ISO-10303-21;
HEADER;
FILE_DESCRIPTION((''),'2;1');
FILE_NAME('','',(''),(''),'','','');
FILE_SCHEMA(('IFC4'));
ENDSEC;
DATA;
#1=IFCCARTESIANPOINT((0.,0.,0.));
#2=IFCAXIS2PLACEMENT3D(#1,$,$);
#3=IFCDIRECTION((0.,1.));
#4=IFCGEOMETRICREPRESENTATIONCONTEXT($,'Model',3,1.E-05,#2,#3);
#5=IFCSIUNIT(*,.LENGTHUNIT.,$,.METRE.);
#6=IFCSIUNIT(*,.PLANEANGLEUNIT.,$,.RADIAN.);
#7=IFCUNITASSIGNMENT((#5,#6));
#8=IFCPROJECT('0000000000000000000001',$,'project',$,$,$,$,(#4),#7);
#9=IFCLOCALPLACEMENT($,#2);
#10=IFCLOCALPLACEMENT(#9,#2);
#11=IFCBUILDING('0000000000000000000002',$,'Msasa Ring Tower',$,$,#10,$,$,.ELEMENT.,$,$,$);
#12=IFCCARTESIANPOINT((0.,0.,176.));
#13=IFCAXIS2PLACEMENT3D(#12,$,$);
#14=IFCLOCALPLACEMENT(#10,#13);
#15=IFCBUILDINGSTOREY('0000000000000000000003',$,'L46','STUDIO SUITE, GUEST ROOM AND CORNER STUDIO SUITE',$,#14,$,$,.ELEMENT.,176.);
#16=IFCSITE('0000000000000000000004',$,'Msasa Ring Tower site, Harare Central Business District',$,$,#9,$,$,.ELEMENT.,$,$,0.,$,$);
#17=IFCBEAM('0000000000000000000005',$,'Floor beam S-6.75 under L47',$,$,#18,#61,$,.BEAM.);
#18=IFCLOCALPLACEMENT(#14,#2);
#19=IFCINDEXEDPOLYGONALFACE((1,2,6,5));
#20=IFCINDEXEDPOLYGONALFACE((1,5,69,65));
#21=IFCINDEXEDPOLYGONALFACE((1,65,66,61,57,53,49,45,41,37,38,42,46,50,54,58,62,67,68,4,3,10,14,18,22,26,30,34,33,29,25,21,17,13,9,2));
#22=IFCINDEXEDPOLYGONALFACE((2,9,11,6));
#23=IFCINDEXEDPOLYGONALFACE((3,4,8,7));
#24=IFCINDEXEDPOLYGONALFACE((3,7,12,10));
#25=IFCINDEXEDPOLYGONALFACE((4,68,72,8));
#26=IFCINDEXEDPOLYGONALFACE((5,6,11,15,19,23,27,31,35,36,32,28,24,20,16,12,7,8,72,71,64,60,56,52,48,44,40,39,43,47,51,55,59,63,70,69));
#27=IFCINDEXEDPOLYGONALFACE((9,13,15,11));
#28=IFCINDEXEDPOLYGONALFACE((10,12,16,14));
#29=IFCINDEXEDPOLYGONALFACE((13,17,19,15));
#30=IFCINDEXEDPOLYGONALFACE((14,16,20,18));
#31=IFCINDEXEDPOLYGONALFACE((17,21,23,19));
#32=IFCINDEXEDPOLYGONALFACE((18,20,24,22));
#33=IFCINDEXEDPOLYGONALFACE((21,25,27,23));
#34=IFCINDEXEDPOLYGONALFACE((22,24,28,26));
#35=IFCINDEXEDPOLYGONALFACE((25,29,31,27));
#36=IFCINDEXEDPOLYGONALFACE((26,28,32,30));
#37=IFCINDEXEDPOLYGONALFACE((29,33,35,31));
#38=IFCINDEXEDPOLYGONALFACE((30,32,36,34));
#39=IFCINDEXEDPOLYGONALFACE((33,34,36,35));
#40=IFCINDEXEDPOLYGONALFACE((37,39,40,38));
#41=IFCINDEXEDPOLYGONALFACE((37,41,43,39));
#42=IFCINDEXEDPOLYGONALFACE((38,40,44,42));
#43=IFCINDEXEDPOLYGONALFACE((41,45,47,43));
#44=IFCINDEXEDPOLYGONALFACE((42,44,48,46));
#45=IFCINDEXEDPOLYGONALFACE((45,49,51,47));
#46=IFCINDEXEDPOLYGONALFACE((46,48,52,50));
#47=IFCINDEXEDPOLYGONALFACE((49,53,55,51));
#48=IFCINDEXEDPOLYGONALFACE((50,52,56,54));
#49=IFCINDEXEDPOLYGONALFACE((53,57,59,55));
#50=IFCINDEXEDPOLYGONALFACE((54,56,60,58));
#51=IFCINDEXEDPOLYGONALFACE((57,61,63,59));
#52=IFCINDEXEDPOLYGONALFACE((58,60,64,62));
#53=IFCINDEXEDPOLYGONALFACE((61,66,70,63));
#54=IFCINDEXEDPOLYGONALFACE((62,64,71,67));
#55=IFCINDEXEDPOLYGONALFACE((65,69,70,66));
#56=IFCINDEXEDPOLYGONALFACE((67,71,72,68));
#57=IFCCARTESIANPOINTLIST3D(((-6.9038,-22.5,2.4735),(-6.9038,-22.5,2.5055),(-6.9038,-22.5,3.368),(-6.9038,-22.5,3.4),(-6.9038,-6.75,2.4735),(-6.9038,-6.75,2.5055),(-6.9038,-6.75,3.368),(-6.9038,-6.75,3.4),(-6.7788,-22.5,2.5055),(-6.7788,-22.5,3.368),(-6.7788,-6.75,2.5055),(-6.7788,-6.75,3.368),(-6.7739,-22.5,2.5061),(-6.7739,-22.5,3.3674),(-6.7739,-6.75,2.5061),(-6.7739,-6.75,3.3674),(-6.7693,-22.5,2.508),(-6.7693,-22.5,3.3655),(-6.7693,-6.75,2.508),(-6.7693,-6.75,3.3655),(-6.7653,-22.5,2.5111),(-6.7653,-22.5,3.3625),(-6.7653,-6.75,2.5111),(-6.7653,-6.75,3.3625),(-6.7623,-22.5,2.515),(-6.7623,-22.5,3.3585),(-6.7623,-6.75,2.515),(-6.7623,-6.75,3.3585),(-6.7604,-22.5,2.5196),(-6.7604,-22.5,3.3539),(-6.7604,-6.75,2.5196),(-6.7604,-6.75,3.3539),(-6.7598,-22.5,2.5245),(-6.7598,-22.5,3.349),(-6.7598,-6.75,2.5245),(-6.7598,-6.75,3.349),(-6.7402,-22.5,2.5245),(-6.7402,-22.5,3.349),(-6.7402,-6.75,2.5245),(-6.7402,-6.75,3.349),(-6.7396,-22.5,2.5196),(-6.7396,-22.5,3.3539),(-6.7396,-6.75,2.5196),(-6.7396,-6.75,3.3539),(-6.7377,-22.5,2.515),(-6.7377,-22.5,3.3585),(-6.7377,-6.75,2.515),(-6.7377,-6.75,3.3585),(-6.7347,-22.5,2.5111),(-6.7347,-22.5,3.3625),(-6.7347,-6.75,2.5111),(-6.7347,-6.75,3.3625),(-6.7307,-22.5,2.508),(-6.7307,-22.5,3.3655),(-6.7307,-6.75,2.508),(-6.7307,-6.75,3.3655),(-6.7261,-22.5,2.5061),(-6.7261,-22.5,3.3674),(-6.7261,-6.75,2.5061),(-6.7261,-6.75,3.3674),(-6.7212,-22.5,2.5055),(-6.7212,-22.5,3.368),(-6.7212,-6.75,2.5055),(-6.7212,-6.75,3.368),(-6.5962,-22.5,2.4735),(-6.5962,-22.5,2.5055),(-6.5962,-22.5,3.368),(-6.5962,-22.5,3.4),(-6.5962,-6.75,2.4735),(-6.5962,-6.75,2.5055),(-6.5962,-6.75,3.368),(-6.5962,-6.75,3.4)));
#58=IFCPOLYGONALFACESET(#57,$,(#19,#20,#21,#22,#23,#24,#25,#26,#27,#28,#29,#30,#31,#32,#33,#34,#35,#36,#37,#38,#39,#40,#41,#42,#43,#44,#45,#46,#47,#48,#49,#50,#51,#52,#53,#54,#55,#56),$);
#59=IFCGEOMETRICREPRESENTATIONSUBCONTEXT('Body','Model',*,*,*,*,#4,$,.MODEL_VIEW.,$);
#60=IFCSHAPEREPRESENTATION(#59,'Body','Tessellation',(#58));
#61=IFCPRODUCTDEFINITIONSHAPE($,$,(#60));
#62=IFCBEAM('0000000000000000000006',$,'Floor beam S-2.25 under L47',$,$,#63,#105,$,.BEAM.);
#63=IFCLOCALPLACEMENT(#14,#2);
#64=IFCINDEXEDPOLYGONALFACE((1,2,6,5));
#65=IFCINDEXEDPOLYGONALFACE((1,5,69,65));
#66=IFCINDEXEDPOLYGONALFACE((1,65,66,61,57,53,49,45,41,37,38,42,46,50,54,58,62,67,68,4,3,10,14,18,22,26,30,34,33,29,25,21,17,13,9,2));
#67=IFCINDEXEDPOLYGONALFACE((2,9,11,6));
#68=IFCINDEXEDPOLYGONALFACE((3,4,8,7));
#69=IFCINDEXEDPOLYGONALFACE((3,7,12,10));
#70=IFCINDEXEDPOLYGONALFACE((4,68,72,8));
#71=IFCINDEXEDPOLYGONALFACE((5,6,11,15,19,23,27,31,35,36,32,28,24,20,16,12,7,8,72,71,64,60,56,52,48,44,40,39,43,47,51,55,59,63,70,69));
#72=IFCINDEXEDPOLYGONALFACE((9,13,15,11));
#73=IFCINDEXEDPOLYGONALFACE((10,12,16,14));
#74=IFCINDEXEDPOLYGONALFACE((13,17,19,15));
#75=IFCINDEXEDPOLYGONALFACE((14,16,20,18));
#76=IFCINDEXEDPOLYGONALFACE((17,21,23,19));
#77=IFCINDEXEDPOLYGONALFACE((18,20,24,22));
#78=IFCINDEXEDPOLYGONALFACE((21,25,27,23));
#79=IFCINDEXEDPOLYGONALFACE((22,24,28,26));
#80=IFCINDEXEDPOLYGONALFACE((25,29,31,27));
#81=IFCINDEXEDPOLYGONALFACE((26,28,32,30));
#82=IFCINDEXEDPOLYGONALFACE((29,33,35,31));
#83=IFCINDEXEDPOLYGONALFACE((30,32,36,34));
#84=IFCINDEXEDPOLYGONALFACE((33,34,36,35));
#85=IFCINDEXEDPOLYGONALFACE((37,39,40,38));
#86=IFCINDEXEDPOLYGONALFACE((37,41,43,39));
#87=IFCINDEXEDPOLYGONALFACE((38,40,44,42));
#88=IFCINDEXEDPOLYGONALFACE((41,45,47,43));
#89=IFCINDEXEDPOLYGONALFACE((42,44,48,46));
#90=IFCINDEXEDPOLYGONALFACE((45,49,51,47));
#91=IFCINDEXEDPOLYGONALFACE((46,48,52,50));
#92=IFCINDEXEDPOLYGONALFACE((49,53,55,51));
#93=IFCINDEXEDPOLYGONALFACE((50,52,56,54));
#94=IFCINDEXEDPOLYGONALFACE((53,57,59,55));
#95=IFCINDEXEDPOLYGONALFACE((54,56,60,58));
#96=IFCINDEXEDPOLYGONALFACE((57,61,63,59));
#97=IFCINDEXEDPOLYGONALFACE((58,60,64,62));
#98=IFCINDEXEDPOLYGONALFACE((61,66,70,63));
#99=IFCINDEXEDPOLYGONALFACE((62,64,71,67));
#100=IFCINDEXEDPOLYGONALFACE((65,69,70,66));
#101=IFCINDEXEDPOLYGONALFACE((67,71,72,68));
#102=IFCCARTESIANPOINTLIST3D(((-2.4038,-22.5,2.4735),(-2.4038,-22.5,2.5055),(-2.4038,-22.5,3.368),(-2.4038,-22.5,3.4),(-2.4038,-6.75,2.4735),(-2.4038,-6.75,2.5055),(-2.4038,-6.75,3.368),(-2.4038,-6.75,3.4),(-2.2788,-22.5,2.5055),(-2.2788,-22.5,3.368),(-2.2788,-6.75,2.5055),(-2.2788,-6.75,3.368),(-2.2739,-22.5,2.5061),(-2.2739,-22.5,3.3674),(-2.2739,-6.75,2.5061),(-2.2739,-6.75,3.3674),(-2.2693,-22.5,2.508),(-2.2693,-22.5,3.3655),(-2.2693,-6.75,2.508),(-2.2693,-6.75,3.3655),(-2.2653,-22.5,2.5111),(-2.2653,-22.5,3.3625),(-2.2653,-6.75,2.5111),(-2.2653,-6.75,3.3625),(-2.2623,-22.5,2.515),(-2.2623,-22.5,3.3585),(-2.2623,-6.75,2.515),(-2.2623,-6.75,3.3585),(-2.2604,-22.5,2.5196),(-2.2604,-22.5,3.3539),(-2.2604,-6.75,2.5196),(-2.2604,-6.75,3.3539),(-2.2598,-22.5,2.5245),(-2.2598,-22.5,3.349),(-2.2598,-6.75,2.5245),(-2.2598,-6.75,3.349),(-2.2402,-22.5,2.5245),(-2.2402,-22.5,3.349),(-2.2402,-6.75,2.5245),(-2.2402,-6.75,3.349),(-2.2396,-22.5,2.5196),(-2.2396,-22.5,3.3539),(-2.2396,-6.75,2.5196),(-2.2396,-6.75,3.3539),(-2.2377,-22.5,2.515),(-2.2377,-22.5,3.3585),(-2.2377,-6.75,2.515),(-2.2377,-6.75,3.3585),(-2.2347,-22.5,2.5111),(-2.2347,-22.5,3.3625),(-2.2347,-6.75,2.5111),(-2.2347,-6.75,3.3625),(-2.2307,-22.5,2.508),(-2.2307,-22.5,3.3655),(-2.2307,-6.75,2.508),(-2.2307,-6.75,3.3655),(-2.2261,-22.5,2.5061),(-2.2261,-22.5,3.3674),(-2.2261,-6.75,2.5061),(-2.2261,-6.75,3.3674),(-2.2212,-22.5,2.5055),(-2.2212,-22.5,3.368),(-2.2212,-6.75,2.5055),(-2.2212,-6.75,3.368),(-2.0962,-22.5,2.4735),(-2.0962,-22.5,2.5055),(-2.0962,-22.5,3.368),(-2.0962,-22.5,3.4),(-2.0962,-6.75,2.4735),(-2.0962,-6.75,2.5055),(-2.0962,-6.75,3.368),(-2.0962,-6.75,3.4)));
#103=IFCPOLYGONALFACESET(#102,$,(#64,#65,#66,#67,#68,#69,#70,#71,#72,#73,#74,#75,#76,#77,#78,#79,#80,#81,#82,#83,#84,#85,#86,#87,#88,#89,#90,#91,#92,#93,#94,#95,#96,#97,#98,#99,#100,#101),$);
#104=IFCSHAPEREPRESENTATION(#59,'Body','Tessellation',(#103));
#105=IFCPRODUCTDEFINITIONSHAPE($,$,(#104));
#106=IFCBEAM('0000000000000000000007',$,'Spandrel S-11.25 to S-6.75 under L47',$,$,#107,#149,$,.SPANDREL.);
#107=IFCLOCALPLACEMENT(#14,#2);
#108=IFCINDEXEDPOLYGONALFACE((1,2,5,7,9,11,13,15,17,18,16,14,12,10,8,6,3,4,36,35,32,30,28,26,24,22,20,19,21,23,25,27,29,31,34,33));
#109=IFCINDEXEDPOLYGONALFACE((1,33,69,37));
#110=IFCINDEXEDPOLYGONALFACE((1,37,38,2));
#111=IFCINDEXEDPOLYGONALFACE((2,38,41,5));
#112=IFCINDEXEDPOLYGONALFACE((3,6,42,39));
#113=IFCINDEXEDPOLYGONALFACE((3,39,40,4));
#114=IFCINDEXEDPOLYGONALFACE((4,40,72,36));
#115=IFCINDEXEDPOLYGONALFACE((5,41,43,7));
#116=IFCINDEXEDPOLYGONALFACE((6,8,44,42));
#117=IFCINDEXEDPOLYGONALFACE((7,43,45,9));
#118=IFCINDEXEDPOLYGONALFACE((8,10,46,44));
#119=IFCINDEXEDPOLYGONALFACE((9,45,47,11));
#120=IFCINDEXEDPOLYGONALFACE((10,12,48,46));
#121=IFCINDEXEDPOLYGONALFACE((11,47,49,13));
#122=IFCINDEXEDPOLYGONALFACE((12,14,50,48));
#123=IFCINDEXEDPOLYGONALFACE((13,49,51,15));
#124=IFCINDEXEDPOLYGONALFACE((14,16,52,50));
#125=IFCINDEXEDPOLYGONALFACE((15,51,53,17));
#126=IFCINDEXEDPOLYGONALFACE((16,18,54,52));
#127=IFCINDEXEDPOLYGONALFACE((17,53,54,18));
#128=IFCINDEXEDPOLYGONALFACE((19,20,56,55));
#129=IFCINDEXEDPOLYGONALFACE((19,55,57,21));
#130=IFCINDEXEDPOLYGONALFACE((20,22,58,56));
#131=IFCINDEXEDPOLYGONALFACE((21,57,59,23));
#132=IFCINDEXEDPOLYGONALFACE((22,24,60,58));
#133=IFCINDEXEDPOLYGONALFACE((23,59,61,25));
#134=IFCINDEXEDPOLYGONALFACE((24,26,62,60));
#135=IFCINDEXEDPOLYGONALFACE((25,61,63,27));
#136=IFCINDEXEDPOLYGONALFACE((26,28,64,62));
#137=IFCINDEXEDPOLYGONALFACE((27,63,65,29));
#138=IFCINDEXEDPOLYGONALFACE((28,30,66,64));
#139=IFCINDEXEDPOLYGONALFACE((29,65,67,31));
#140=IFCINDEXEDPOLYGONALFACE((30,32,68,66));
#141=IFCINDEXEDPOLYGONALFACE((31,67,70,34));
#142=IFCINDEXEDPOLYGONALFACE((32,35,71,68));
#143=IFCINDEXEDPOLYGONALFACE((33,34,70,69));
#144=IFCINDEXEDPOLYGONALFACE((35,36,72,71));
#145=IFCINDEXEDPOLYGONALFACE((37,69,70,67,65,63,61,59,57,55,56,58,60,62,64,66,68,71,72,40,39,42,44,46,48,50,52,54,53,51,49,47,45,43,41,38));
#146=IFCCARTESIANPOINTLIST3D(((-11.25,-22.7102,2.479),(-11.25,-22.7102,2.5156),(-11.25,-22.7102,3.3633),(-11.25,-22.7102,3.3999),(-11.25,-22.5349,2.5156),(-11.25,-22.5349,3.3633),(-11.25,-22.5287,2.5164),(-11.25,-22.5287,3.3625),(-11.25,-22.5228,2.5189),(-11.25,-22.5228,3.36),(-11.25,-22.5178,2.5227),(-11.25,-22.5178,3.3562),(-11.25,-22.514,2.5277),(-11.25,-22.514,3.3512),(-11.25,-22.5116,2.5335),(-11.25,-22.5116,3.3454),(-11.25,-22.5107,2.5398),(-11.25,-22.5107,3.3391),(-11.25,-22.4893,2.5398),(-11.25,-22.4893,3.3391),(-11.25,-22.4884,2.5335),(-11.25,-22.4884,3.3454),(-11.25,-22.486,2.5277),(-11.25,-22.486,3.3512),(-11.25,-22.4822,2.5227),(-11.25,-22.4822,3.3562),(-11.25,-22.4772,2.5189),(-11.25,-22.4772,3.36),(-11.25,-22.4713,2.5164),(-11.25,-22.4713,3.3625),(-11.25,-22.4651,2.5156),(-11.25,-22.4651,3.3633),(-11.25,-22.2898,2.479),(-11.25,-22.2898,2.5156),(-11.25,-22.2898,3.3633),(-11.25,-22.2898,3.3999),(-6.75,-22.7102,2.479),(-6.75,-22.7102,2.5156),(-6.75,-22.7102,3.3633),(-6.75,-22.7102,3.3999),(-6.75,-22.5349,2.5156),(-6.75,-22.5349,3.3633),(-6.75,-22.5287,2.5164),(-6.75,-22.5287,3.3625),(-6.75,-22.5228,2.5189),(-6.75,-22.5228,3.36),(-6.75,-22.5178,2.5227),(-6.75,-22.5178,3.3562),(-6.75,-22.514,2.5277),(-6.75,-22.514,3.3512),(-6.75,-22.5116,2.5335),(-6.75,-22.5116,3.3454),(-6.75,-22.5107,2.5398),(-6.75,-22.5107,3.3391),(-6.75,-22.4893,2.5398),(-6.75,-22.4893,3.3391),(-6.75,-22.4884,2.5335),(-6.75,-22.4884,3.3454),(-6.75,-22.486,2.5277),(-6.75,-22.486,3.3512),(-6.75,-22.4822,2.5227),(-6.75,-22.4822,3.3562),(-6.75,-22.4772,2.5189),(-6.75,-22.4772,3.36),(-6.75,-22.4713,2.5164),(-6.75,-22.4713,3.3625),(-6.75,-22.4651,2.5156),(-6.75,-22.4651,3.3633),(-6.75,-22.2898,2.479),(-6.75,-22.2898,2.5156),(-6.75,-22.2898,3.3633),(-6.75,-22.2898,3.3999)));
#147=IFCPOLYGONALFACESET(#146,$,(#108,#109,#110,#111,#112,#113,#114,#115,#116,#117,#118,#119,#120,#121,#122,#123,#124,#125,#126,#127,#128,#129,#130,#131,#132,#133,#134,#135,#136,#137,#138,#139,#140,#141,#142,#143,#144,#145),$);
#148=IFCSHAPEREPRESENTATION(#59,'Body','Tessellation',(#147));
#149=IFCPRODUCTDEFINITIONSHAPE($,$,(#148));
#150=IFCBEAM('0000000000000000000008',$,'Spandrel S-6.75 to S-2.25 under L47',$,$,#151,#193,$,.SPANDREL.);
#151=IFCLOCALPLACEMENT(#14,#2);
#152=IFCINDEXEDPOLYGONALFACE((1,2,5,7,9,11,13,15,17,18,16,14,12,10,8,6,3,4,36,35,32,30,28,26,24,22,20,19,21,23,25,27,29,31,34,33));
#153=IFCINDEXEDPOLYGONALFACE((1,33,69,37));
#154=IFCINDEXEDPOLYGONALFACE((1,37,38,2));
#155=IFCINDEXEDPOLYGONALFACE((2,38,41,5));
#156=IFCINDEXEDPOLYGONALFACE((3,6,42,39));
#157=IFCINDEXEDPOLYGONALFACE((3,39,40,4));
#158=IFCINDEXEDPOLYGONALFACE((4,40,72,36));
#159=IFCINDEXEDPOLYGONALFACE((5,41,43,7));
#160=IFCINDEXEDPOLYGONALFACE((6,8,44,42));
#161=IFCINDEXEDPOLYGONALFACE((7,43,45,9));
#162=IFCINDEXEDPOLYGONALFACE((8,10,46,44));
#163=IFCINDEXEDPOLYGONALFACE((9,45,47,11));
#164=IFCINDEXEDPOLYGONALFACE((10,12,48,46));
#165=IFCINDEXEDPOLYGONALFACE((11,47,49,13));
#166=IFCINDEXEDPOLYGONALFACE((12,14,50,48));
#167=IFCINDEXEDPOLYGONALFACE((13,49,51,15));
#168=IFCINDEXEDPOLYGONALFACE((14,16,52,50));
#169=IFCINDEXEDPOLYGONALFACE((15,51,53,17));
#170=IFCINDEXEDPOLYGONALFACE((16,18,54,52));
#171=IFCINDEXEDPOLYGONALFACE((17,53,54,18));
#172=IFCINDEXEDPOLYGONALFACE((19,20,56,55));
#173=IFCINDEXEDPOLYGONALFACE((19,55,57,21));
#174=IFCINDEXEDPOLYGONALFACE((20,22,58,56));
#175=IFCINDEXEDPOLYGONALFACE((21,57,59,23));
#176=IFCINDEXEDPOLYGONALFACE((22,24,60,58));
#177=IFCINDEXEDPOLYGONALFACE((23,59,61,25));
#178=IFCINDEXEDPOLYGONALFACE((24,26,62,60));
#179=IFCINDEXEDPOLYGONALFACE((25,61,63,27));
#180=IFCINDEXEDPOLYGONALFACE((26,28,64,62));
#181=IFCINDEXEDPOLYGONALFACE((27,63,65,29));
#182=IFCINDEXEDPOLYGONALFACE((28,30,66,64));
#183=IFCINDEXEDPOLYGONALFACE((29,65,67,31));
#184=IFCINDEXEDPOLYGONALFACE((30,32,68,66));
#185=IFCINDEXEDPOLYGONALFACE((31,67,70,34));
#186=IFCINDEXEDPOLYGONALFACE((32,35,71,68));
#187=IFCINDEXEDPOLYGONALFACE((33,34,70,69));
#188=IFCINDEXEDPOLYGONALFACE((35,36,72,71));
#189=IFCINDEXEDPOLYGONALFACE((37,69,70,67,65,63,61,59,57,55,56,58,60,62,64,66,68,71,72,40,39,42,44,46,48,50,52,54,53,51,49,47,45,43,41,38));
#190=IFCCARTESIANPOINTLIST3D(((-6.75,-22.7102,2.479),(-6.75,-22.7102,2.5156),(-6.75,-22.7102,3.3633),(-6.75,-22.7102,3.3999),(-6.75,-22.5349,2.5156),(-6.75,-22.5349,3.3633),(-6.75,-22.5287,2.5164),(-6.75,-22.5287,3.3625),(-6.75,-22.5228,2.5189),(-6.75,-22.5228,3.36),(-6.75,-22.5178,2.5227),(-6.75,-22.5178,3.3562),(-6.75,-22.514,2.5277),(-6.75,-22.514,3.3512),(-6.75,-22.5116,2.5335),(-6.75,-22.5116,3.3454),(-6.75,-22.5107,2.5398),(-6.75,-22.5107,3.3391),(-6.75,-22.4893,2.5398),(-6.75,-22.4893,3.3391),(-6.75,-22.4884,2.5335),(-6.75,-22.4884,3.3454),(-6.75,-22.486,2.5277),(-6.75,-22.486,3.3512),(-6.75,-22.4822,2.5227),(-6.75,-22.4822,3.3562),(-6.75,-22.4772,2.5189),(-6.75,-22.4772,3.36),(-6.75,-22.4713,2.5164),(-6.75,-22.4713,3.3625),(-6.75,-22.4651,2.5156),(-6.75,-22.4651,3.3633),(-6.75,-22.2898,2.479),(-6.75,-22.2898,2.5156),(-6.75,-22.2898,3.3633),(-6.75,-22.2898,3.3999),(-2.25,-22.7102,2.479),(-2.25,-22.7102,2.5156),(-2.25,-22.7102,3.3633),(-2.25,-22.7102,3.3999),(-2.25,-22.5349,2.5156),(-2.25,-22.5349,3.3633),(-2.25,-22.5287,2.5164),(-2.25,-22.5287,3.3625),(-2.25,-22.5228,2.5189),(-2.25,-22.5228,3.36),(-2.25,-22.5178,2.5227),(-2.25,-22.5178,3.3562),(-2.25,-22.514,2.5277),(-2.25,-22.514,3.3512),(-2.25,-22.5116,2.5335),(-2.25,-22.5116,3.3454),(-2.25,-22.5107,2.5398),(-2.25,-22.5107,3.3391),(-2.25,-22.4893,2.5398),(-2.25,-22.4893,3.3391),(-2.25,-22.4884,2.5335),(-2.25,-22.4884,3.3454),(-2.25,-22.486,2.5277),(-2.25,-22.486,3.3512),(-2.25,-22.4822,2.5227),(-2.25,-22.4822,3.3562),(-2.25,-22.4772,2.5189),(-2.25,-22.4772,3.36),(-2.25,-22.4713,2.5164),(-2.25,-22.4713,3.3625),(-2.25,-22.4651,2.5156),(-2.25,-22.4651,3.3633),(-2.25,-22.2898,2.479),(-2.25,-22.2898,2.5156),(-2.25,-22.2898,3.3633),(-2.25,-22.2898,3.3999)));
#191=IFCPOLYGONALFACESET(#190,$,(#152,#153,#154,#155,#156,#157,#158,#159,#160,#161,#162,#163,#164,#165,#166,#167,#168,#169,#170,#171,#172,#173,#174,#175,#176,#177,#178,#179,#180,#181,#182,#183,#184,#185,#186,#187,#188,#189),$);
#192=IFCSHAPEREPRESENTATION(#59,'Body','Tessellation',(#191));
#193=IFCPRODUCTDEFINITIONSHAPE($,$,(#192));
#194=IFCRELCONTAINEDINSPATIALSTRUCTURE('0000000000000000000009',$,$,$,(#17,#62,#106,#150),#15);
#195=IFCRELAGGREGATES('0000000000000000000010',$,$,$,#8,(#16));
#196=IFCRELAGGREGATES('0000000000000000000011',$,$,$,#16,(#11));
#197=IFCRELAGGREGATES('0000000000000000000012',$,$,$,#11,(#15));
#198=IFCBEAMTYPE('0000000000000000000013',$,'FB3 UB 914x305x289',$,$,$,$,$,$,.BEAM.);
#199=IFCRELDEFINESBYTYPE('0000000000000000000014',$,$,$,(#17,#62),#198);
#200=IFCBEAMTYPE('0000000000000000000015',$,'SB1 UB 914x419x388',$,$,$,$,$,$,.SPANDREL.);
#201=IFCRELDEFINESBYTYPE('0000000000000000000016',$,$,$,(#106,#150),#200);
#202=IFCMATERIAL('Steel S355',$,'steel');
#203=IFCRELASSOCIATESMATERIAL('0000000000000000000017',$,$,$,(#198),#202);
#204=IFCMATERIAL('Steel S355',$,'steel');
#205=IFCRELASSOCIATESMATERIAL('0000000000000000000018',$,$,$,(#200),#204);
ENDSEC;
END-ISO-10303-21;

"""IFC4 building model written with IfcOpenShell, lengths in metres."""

from ifc_helpers import new_model, si_unit, direction, frame, origin, origin_2d, place, context, subcontext, project, spatial, i_section, extrude, material, material_profile, profile_set, type_object, element, save


model = new_model("IFC4")

# Units and contexts
model_context = context("Model", 3, precision=1e-05, world=origin(), true_north=direction((0.0, 1.0)))
body_context = subcontext(model_context, "Body", "Model", "MODEL_VIEW")
ifc_project = project(units=[si_unit("LENGTHUNIT", "METRE"), si_unit("PLANEANGLEUNIT", "RADIAN")], contexts=[model_context])

# Site, building, storey
site_placement = place(None, origin())
site = spatial("IfcSite", under=ifc_project, at=site_placement, Name="Msasa Ring Tower site, Harare Central Business District", CompositionType="ELEMENT", RefElevation=0.0)
building_placement = place(site_placement, origin())
building = spatial("IfcBuilding", under=site, at=building_placement, Name="Msasa Ring Tower", CompositionType="ELEMENT")
storey_placement = place(building_placement, frame((0.0, 0.0, 176.0)))
storey = spatial("IfcBuildingStorey", under=building, at=storey_placement, Name="L46", Description="STUDIO SUITE, GUEST ROOM AND CORNER STUDIO SUITE", CompositionType="ELEMENT", Elevation=176.0)

# Beams
ifc_material_1 = material(Name="Steel S355", Category="steel")
ifc_material_profile_1 = material_profile(ifc_material_1, i_section(OverallWidth=0.3076, OverallDepth=0.9265, WebThickness=0.0195, FlangeThickness=0.032, FilletRadius=0.019, at=origin_2d()), Name="UB 914x305x289")
ifc_profile_set_1 = profile_set([ifc_material_profile_1], Name="Steel S355")
beam_type_1 = type_object("IfcBeamType", Name="FB3 UB 914x305x289", PredefinedType="BEAM", material=ifc_profile_set_1)
for number, where, z_axis, x_axis, name in (
    (1, (-6.75, -22.5, 2.9368), (0.0, 1.0, 0.0), (-1.0, 0.0, 0.0), "Floor beam S-6.75 under L47"),
    (2, (-2.25, -22.5, 2.9368), (0.0, 1.0, 0.0), (-1.0, 0.0, 0.0), "Floor beam S-2.25 under L47"),
):
    element("IfcBeam", number, at=place(storey_placement, frame(where, z_axis=z_axis, x_axis=x_axis)), inside=storey, type_object=beam_type_1, Name=name, PredefinedType="BEAM", context=body_context, shape_type="SweptSolid", body=[
        extrude(i_section(OverallWidth=0.3076, OverallDepth=0.9265, WebThickness=0.0195, FlangeThickness=0.032, FilletRadius=0.019, at=origin_2d()), origin(), (0.0, 0.0, 1.0), 15.75),
    ])
ifc_material_2 = material(Name="Steel S355", Category="steel")
ifc_material_profile_2 = material_profile(ifc_material_2, i_section(OverallWidth=0.4204, OverallDepth=0.9209, WebThickness=0.0215, FlangeThickness=0.0366, FilletRadius=0.0242, at=origin_2d()), Name="UB 914x419x388")
ifc_profile_set_2 = profile_set([ifc_material_profile_2], Name="Steel S355")
beam_type_2 = type_object("IfcBeamType", Name="SB1 UB 914x419x388", PredefinedType="SPANDREL", material=ifc_profile_set_2)
for number, where, z_axis, x_axis, name in (
    (3, (-11.25, -22.5, 2.9395), (1.0, 0.0, 0.0), (0.0, 1.0, 0.0), "Spandrel S-11.25 to S-6.75 under L47"),
    (4, (-6.75, -22.5, 2.9395), (1.0, 0.0, 0.0), (0.0, 1.0, 0.0), "Spandrel S-6.75 to S-2.25 under L47"),
):
    element("IfcBeam", number, at=place(storey_placement, frame(where, z_axis=z_axis, x_axis=x_axis)), inside=storey, type_object=beam_type_2, Name=name, PredefinedType="SPANDREL", context=body_context, shape_type="SweptSolid", body=[
        extrude(i_section(OverallWidth=0.4204, OverallDepth=0.9209, WebThickness=0.0215, FlangeThickness=0.0366, FilletRadius=0.0242, at=origin_2d()), origin(), (0.0, 0.0, 1.0), 4.5),
    ])

save(model, "model.ifc")
